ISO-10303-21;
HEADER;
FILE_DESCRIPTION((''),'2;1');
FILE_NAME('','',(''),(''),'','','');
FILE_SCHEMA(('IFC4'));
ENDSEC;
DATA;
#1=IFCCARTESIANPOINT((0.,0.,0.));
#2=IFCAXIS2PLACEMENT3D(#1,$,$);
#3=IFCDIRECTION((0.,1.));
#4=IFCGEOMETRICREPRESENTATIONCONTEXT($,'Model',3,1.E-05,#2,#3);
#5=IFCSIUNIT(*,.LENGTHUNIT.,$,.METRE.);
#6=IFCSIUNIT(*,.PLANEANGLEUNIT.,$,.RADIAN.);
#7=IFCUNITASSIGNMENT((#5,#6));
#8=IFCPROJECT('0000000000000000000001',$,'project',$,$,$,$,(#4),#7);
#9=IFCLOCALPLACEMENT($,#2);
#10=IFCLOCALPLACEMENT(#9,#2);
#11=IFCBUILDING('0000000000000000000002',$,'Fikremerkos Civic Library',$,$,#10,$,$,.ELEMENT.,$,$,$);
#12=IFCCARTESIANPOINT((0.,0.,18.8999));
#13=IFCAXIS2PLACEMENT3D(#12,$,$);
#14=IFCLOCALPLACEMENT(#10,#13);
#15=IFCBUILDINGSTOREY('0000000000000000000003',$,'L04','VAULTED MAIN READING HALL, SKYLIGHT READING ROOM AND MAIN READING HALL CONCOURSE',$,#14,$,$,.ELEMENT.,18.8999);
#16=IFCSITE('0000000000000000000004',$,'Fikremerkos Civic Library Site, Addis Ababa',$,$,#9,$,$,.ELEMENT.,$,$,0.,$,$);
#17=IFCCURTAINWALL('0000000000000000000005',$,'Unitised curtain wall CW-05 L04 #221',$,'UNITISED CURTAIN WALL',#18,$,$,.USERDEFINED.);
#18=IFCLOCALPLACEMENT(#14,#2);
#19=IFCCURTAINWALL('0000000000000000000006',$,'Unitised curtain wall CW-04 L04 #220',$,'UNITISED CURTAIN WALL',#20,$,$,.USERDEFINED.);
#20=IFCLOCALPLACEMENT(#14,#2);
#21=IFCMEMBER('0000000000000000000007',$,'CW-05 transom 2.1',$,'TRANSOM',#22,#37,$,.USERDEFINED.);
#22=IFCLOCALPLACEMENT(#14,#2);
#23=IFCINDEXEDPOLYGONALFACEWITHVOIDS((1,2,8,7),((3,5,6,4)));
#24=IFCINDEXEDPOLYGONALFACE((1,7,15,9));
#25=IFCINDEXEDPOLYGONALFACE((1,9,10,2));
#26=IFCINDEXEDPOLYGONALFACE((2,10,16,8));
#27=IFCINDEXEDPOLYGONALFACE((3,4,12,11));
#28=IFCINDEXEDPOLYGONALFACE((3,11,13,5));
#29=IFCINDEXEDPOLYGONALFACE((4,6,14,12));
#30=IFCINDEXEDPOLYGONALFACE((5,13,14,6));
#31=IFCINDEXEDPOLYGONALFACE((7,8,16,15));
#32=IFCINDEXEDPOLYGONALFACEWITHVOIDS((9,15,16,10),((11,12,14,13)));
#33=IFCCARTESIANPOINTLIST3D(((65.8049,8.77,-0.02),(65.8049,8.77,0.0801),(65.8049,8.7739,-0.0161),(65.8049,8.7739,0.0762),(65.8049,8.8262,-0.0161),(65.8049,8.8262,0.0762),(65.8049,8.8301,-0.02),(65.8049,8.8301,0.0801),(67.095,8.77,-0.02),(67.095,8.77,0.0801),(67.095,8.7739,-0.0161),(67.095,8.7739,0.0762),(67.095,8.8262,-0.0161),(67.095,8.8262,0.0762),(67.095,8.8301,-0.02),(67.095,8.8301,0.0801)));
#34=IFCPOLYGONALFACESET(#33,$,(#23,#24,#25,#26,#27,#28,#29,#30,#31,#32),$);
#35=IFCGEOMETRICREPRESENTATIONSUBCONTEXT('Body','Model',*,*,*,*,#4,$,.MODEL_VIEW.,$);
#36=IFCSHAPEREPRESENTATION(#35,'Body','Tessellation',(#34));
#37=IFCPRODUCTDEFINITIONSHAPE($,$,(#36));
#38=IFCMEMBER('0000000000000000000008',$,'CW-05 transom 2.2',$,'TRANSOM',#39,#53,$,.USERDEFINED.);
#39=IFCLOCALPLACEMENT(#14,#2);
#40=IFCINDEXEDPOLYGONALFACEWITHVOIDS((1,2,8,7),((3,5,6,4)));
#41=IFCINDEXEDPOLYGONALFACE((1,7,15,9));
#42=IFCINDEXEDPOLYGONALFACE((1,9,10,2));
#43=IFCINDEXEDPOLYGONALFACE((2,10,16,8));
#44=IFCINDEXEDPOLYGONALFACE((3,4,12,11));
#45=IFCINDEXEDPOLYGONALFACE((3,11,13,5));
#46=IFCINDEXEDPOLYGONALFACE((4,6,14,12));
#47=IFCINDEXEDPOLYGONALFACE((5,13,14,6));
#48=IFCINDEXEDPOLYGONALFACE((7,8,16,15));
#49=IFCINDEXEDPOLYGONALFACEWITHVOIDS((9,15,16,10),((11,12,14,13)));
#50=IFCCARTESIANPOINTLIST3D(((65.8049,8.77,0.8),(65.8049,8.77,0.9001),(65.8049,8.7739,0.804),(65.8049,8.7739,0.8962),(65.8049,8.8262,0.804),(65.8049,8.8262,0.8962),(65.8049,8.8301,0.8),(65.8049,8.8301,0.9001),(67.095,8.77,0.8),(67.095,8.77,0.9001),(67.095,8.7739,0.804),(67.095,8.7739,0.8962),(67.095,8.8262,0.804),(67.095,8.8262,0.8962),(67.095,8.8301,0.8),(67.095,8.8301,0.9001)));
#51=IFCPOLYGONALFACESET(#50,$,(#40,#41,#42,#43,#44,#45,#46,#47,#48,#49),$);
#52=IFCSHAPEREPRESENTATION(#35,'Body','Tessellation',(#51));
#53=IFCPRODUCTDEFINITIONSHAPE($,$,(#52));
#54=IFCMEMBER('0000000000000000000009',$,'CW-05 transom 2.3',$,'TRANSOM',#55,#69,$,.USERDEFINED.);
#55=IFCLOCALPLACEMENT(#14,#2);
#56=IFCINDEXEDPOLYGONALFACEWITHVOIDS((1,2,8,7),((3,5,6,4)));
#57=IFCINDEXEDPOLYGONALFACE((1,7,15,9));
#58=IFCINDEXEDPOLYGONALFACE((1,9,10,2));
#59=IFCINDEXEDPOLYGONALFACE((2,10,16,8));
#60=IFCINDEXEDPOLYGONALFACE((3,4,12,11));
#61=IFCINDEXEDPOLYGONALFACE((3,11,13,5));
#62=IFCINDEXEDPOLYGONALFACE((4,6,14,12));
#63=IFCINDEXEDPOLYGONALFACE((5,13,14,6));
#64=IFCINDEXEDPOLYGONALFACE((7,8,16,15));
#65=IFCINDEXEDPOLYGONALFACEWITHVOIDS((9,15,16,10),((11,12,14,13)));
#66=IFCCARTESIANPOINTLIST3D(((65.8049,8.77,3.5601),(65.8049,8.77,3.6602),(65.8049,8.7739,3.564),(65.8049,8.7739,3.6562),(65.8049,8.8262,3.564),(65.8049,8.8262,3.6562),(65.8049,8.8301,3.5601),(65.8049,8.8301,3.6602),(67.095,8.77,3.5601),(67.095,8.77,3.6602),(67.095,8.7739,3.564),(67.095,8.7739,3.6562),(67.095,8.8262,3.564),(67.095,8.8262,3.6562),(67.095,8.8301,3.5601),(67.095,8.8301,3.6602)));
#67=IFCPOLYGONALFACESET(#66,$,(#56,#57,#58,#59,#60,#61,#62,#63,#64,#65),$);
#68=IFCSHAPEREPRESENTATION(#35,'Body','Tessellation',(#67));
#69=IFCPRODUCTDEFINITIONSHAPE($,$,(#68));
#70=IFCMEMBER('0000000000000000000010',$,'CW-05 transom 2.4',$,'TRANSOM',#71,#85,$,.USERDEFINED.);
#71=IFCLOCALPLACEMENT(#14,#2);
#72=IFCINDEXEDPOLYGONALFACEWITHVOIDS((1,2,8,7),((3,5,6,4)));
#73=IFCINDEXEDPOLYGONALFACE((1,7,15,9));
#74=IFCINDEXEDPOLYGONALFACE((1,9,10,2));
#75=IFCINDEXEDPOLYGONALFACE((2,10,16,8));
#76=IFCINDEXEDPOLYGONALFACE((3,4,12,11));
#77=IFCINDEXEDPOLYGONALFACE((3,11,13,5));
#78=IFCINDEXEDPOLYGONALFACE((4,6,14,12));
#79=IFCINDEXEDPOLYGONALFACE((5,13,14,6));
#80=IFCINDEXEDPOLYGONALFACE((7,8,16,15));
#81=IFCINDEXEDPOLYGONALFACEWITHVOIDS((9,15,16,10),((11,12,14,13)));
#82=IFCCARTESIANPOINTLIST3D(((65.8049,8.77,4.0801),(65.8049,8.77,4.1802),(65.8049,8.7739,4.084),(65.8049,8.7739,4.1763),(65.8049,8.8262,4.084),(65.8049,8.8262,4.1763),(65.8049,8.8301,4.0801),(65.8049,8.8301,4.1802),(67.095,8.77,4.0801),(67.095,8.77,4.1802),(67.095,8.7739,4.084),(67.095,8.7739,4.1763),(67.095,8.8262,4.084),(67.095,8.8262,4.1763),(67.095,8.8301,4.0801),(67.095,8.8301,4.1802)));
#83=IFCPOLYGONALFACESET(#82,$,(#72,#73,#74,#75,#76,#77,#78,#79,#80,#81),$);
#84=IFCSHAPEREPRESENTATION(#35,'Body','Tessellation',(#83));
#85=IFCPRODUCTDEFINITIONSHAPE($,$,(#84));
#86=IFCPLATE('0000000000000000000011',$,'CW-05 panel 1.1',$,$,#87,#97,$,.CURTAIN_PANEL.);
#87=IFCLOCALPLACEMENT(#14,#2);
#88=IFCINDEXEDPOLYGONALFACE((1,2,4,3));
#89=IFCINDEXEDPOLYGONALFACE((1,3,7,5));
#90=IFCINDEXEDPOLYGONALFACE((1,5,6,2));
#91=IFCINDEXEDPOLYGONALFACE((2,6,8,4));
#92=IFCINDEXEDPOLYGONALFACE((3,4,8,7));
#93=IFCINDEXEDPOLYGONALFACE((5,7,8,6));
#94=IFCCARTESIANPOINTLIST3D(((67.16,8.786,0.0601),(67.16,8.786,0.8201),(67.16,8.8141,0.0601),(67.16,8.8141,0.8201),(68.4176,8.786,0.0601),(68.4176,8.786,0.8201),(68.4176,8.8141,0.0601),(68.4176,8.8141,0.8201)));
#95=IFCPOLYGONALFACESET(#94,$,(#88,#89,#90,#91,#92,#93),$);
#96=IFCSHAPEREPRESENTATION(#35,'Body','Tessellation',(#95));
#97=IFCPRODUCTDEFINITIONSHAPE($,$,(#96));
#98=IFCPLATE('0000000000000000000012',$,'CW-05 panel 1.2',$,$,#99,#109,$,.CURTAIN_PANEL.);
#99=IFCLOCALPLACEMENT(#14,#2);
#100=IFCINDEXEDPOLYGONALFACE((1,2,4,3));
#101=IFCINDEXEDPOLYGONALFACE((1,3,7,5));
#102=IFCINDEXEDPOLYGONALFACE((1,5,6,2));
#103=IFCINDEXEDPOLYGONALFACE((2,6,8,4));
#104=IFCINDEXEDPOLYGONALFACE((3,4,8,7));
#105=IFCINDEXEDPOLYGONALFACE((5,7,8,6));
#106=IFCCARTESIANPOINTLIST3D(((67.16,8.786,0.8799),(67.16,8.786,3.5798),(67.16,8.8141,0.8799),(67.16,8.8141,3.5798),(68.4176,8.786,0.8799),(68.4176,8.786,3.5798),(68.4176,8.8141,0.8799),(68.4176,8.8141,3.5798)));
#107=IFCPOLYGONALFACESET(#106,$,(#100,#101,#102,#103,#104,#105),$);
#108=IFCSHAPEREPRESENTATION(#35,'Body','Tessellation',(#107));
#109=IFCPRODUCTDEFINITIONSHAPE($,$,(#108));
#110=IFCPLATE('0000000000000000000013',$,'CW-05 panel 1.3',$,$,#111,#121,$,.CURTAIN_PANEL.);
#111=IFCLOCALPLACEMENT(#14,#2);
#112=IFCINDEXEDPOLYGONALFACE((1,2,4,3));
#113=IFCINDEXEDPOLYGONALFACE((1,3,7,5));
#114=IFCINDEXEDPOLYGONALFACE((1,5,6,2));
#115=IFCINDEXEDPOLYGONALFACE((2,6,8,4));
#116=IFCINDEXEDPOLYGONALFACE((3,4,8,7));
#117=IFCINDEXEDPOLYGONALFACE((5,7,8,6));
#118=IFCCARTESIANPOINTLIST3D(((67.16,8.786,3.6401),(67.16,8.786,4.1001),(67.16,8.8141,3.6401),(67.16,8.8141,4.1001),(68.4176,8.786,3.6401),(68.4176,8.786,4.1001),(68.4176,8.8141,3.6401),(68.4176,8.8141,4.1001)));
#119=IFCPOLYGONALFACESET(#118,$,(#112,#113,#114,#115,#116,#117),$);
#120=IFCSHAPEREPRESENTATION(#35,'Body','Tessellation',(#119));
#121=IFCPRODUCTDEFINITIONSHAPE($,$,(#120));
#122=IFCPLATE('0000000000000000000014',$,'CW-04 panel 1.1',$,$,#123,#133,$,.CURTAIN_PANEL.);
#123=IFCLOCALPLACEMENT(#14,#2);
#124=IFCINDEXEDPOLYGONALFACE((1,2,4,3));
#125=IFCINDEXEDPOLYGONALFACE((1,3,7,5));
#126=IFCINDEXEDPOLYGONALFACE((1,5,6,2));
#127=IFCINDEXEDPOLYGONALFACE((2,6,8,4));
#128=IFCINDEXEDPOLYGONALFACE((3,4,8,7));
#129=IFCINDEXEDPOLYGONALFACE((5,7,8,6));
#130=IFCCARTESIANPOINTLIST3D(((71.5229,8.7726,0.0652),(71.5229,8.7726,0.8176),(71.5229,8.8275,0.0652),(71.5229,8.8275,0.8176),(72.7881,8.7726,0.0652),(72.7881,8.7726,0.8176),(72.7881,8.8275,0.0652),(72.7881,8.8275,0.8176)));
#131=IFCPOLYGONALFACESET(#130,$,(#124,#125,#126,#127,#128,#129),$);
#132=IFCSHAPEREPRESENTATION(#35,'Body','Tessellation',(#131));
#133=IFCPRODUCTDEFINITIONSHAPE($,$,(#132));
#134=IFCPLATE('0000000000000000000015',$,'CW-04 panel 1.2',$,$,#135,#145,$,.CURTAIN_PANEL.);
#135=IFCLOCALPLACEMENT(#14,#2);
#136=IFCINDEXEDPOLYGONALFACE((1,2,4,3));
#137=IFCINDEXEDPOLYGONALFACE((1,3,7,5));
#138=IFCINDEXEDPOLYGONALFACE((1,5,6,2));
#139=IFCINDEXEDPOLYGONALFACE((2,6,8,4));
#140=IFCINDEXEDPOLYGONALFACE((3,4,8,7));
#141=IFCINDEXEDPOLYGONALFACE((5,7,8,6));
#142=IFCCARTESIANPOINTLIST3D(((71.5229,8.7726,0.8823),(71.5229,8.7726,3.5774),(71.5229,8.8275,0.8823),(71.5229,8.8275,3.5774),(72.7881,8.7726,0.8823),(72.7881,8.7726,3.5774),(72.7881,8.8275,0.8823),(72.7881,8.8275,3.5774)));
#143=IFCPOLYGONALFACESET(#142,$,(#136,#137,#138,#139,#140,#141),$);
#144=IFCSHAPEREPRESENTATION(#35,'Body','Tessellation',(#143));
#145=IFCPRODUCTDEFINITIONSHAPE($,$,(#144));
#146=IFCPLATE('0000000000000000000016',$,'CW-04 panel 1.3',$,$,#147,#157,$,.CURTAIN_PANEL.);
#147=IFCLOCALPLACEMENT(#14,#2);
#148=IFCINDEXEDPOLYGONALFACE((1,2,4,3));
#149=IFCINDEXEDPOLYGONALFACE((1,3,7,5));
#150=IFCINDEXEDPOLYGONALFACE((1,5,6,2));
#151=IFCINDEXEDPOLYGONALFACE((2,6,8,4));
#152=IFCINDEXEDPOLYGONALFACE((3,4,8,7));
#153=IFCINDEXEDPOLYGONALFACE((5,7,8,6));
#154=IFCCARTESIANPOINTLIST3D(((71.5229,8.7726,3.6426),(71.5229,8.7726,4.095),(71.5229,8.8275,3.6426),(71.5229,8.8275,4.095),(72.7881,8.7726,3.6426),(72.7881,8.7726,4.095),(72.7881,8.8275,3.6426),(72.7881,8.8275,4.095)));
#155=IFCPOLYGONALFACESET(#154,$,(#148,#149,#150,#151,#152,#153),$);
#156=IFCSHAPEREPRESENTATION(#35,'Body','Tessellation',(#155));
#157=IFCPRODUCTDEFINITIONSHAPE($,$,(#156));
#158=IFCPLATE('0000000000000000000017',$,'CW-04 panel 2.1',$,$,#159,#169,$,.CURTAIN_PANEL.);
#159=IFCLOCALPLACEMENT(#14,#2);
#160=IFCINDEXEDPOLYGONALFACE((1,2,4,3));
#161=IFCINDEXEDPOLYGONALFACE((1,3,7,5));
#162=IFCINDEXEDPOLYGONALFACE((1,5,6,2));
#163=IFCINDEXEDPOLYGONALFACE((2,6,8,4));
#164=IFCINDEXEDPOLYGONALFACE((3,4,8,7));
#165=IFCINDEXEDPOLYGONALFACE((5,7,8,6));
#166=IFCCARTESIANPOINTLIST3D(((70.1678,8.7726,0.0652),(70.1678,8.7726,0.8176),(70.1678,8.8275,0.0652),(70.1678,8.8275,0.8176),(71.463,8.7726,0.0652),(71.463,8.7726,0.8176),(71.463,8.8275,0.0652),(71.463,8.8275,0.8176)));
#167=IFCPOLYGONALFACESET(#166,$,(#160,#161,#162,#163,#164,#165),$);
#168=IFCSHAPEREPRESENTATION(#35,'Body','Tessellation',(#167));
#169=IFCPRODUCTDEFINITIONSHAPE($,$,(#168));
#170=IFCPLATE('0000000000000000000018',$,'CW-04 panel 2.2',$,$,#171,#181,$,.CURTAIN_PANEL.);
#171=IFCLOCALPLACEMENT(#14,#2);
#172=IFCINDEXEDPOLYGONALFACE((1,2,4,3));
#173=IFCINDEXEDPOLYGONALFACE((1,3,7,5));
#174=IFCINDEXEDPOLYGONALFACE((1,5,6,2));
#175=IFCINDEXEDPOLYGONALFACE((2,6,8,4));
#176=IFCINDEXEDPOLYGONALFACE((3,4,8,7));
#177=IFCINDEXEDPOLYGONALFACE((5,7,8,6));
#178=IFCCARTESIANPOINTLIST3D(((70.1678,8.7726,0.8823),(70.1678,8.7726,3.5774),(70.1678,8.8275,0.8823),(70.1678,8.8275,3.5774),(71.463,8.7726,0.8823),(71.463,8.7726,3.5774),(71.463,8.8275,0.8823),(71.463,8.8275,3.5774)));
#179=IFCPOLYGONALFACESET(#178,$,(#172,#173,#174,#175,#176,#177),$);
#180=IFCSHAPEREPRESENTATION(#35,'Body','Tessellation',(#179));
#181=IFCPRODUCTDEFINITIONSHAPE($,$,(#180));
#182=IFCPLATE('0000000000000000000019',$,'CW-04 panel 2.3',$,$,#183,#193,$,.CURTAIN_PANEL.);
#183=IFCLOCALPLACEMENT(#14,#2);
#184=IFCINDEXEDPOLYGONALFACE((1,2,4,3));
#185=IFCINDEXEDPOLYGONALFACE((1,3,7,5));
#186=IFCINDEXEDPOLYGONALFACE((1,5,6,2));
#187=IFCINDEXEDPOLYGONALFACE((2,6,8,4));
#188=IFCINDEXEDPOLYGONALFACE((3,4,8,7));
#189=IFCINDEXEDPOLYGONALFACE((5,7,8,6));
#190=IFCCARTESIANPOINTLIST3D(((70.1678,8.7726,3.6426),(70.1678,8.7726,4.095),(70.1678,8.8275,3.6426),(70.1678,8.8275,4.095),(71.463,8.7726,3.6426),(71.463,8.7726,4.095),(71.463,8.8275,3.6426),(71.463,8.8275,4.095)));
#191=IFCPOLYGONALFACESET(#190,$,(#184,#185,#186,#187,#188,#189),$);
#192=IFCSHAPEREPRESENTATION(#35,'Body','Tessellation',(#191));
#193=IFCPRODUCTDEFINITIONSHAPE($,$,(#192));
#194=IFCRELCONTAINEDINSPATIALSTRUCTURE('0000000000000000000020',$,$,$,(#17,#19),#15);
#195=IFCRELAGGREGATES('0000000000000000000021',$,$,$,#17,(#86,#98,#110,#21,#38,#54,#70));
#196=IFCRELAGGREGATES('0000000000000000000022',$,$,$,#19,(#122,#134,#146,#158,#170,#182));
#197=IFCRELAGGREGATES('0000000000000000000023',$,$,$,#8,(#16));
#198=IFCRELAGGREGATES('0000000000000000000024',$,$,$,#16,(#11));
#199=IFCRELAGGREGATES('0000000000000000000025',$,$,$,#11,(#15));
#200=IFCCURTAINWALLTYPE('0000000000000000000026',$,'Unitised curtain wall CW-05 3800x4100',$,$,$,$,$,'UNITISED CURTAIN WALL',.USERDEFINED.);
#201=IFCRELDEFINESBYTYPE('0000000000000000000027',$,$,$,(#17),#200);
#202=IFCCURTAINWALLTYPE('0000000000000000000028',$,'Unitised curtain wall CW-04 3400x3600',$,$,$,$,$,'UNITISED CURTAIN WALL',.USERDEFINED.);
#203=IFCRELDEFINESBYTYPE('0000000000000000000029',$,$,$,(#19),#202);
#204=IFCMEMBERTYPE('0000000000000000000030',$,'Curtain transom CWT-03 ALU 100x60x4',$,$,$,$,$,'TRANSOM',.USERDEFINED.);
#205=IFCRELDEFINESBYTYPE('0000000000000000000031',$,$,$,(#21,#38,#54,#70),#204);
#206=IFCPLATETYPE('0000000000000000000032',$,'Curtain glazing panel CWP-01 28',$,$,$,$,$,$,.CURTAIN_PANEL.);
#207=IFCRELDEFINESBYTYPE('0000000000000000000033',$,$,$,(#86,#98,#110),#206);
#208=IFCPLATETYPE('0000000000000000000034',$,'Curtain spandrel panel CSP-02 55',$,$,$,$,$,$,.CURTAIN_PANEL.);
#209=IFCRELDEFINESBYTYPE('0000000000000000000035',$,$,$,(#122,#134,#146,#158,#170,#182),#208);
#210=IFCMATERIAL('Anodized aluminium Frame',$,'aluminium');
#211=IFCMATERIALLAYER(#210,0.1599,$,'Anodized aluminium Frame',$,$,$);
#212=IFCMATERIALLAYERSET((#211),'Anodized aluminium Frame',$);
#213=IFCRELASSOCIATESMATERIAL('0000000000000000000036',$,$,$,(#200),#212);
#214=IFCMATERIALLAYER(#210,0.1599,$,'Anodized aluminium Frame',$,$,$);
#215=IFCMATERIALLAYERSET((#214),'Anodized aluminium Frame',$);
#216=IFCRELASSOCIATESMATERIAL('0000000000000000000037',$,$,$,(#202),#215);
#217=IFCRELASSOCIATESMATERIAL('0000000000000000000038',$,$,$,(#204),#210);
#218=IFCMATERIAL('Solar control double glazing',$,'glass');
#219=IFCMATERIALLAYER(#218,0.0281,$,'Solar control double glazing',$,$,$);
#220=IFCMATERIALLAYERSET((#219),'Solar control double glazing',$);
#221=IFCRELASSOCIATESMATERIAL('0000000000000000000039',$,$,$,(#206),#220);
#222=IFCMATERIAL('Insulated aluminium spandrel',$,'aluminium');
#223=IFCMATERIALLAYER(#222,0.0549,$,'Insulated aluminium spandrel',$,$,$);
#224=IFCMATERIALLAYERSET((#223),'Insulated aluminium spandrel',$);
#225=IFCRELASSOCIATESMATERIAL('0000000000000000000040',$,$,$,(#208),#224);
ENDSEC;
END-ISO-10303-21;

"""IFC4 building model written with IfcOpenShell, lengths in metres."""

from ifc_helpers import new_model, si_unit, direction, frame, origin, origin_2d, place, context, subcontext, project, spatial, rectangle, hollow_rectangle, extrude, material, layer, layer_set, material_profile, profile_set, type_object, element, aggregate, save


model = new_model("IFC4")

# Units and contexts
model_context = context("Model", 3, precision=1e-05, world=origin(), true_north=direction((0.0, 1.0)))
body_context = subcontext(model_context, "Body", "Model", "MODEL_VIEW")
ifc_project = project(units=[si_unit("LENGTHUNIT", "METRE"), si_unit("PLANEANGLEUNIT", "RADIAN")], contexts=[model_context])

# Site, building, storey
site_placement = place(None, origin())
site = spatial("IfcSite", under=ifc_project, at=site_placement, Name="Fikremerkos Civic Library Site, Addis Ababa", CompositionType="ELEMENT", RefElevation=0.0)
building_placement = place(site_placement, origin())
building = spatial("IfcBuilding", under=site, at=building_placement, Name="Fikremerkos Civic Library", CompositionType="ELEMENT")
storey_placement = place(building_placement, frame((0.0, 0.0, 18.8999)))
storey = spatial("IfcBuildingStorey", under=building, at=storey_placement, Name="L04", Description="VAULTED MAIN READING HALL, SKYLIGHT READING ROOM AND MAIN READING HALL CONCOURSE", CompositionType="ELEMENT", Elevation=18.8999)

# Curtain walls
ifc_material_1 = material(Name="Anodized aluminium Frame", Category="aluminium")
ifc_layer_1 = layer(ifc_material_1, 0.1599, Name="Anodized aluminium Frame")
ifc_layer_set_1 = layer_set([ifc_layer_1], Name="Anodized aluminium Frame")
curtain_wall_type_1 = type_object("IfcCurtainWallType", Name="Unitised curtain wall CW-05 3800x4100", ElementType="UNITISED CURTAIN WALL", PredefinedType="USERDEFINED", material=ifc_layer_set_1)
curtain_wall_1_placement = place(storey_placement, origin())
curtain_wall_1 = element("IfcCurtainWall", 1, at=curtain_wall_1_placement, inside=storey, type_object=curtain_wall_type_1, Name="Unitised curtain wall CW-05 L04 #221", ObjectType="UNITISED CURTAIN WALL", PredefinedType="USERDEFINED")
ifc_layer_2 = layer(ifc_material_1, 0.1599, Name="Anodized aluminium Frame")
ifc_layer_set_2 = layer_set([ifc_layer_2], Name="Anodized aluminium Frame")
curtain_wall_type_2 = type_object("IfcCurtainWallType", Name="Unitised curtain wall CW-04 3400x3600", ElementType="UNITISED CURTAIN WALL", PredefinedType="USERDEFINED", material=ifc_layer_set_2)
curtain_wall_2_placement = place(storey_placement, origin())
curtain_wall_2 = element("IfcCurtainWall", 2, at=curtain_wall_2_placement, inside=storey, type_object=curtain_wall_type_2, Name="Unitised curtain wall CW-04 L04 #220", ObjectType="UNITISED CURTAIN WALL", PredefinedType="USERDEFINED")

# Members
ifc_material_profile_1 = material_profile(ifc_material_1, hollow_rectangle(XDim=0.0601, YDim=0.1001, WallThickness=0.0039, at=origin_2d()), Name="ALU 100x60x4")
ifc_profile_set_1 = profile_set([ifc_material_profile_1], Name="Anodized aluminium Frame")
member_type_1 = type_object("IfcMemberType", Name="Curtain transom CWT-03 ALU 100x60x4", ElementType="TRANSOM", PredefinedType="USERDEFINED", material=ifc_profile_set_1)
member_1_placement = place(storey_placement, frame((67.095, 8.8, 0.03), z_axis=(-1.0, 0.0, 0.0), x_axis=(0.0, -1.0, 0.0)))
member_1 = element("IfcMember", 3, at=member_1_placement, type_object=member_type_1, Name="CW-05 transom 2.1", ObjectType="TRANSOM", PredefinedType="USERDEFINED", context=body_context, shape_type="SweptSolid", body=[
    extrude(hollow_rectangle(XDim=0.0601, YDim=0.1001, WallThickness=0.0039, at=origin_2d()), origin(), (0.0, 0.0, 1.0), 1.29),
])
member_2_placement = place(storey_placement, frame((67.095, 8.8, 0.8501), z_axis=(-1.0, 0.0, 0.0), x_axis=(0.0, -1.0, 0.0)))
member_2 = element("IfcMember", 4, at=member_2_placement, type_object=member_type_1, Name="CW-05 transom 2.2", ObjectType="TRANSOM", PredefinedType="USERDEFINED", context=body_context, shape_type="SweptSolid", body=[
    extrude(hollow_rectangle(XDim=0.0601, YDim=0.1001, WallThickness=0.0039, at=origin_2d()), origin(), (0.0, 0.0, 1.0), 1.29),
])
member_3_placement = place(storey_placement, frame((67.095, 8.8, 3.6101), z_axis=(-1.0, 0.0, 0.0), x_axis=(0.0, -1.0, 0.0)))
member_3 = element("IfcMember", 5, at=member_3_placement, type_object=member_type_1, Name="CW-05 transom 2.3", ObjectType="TRANSOM", PredefinedType="USERDEFINED", context=body_context, shape_type="SweptSolid", body=[
    extrude(hollow_rectangle(XDim=0.0601, YDim=0.1001, WallThickness=0.0039, at=origin_2d()), origin(), (0.0, 0.0, 1.0), 1.29),
])
member_4_placement = place(storey_placement, frame((67.095, 8.8, 4.1301), z_axis=(-1.0, 0.0, 0.0), x_axis=(0.0, -1.0, 0.0)))
member_4 = element("IfcMember", 6, at=member_4_placement, type_object=member_type_1, Name="CW-05 transom 2.4", ObjectType="TRANSOM", PredefinedType="USERDEFINED", context=body_context, shape_type="SweptSolid", body=[
    extrude(hollow_rectangle(XDim=0.0601, YDim=0.1001, WallThickness=0.0039, at=origin_2d()), origin(), (0.0, 0.0, 1.0), 1.29),
])

# Plates
ifc_material_2 = material(Name="Solar control double glazing", Category="glass")
ifc_layer_3 = layer(ifc_material_2, 0.0281, Name="Solar control double glazing")
ifc_layer_set_3 = layer_set([ifc_layer_3], Name="Solar control double glazing")
plate_type_1 = type_object("IfcPlateType", Name="Curtain glazing panel CWP-01 28", PredefinedType="CURTAIN_PANEL", material=ifc_layer_set_3)
plate_1_placement = place(storey_placement, frame((67.7888, 8.8, 0.0601), z_axis=(0.0, 0.0, 1.0), x_axis=(-1.0, 0.0, 0.0)))
plate_1 = element("IfcPlate", 7, at=plate_1_placement, type_object=plate_type_1, Name="CW-05 panel 1.1", PredefinedType="CURTAIN_PANEL", context=body_context, shape_type="SweptSolid", body=[
    extrude(rectangle(XDim=1.2576, YDim=0.0281, at=origin_2d()), origin(), (0.0, 0.0, 1.0), 0.76),
])
plate_2_placement = place(storey_placement, frame((67.7888, 8.8, 0.8799), z_axis=(0.0, 0.0, 1.0), x_axis=(-1.0, 0.0, 0.0)))
plate_2 = element("IfcPlate", 8, at=plate_2_placement, type_object=plate_type_1, Name="CW-05 panel 1.2", PredefinedType="CURTAIN_PANEL", context=body_context, shape_type="SweptSolid", body=[
    extrude(rectangle(XDim=1.2576, YDim=0.0281, at=origin_2d()), origin(), (0.0, 0.0, 1.0), 2.7),
])
plate_3_placement = place(storey_placement, frame((67.7888, 8.8, 3.6401), z_axis=(0.0, 0.0, 1.0), x_axis=(-1.0, 0.0, 0.0)))
plate_3 = element("IfcPlate", 9, at=plate_3_placement, type_object=plate_type_1, Name="CW-05 panel 1.3", PredefinedType="CURTAIN_PANEL", context=body_context, shape_type="SweptSolid", body=[
    extrude(rectangle(XDim=1.2576, YDim=0.0281, at=origin_2d()), origin(), (0.0, 0.0, 1.0), 0.46),
])
aggregate(curtain_wall_1, [plate_1, plate_2, plate_3, member_1, member_2, member_3, member_4])
ifc_material_3 = material(Name="Insulated aluminium spandrel", Category="aluminium")
ifc_layer_4 = layer(ifc_material_3, 0.0549, Name="Insulated aluminium spandrel")
ifc_layer_set_4 = layer_set([ifc_layer_4], Name="Insulated aluminium spandrel")
plate_type_2 = type_object("IfcPlateType", Name="Curtain spandrel panel CSP-02 55", PredefinedType="CURTAIN_PANEL", material=ifc_layer_set_4)
plate_4_placement = place(storey_placement, frame((72.1555, 8.8, 0.0652), z_axis=(0.0, 0.0, 1.0), x_axis=(-1.0, 0.0, 0.0)))
plate_4 = element("IfcPlate", 10, at=plate_4_placement, type_object=plate_type_2, Name="CW-04 panel 1.1", PredefinedType="CURTAIN_PANEL", context=body_context, shape_type="SweptSolid", body=[
    extrude(rectangle(XDim=1.2651, YDim=0.0549, at=origin_2d()), origin(), (0.0, 0.0, 1.0), 0.7524),
])
plate_5_placement = place(storey_placement, frame((72.1555, 8.8, 0.8823), z_axis=(0.0, 0.0, 1.0), x_axis=(-1.0, 0.0, 0.0)))
plate_5 = element("IfcPlate", 11, at=plate_5_placement, type_object=plate_type_2, Name="CW-04 panel 1.2", PredefinedType="CURTAIN_PANEL", context=body_context, shape_type="SweptSolid", body=[
    extrude(rectangle(XDim=1.2651, YDim=0.0549, at=origin_2d()), origin(), (0.0, 0.0, 1.0), 2.6951),
])
plate_6_placement = place(storey_placement, frame((72.1555, 8.8, 3.6426), z_axis=(0.0, 0.0, 1.0), x_axis=(-1.0, 0.0, 0.0)))
plate_6 = element("IfcPlate", 12, at=plate_6_placement, type_object=plate_type_2, Name="CW-04 panel 1.3", PredefinedType="CURTAIN_PANEL", context=body_context, shape_type="SweptSolid", body=[
    extrude(rectangle(XDim=1.2651, YDim=0.0549, at=origin_2d()), origin(), (0.0, 0.0, 1.0), 0.4524),
])
plate_7_placement = place(storey_placement, frame((70.8154, 8.8, 0.0652), z_axis=(0.0, 0.0, 1.0), x_axis=(-1.0, 0.0, 0.0)))
plate_7 = element("IfcPlate", 13, at=plate_7_placement, type_object=plate_type_2, Name="CW-04 panel 2.1", PredefinedType="CURTAIN_PANEL", context=body_context, shape_type="SweptSolid", body=[
    extrude(rectangle(XDim=1.2952, YDim=0.0549, at=origin_2d()), origin(), (0.0, 0.0, 1.0), 0.7524),
])
plate_8_placement = place(storey_placement, frame((70.8154, 8.8, 0.8823), z_axis=(0.0, 0.0, 1.0), x_axis=(-1.0, 0.0, 0.0)))
plate_8 = element("IfcPlate", 14, at=plate_8_placement, type_object=plate_type_2, Name="CW-04 panel 2.2", PredefinedType="CURTAIN_PANEL", context=body_context, shape_type="SweptSolid", body=[
    extrude(rectangle(XDim=1.2952, YDim=0.0549, at=origin_2d()), origin(), (0.0, 0.0, 1.0), 2.6951),
])
plate_9_placement = place(storey_placement, frame((70.8154, 8.8, 3.6426), z_axis=(0.0, 0.0, 1.0), x_axis=(-1.0, 0.0, 0.0)))
plate_9 = element("IfcPlate", 15, at=plate_9_placement, type_object=plate_type_2, Name="CW-04 panel 2.3", PredefinedType="CURTAIN_PANEL", context=body_context, shape_type="SweptSolid", body=[
    extrude(rectangle(XDim=1.2952, YDim=0.0549, at=origin_2d()), origin(), (0.0, 0.0, 1.0), 0.4524),
])
aggregate(curtain_wall_2, [plate_4, plate_5, plate_6, plate_7, plate_8, plate_9])

save(model, "model.ifc")
